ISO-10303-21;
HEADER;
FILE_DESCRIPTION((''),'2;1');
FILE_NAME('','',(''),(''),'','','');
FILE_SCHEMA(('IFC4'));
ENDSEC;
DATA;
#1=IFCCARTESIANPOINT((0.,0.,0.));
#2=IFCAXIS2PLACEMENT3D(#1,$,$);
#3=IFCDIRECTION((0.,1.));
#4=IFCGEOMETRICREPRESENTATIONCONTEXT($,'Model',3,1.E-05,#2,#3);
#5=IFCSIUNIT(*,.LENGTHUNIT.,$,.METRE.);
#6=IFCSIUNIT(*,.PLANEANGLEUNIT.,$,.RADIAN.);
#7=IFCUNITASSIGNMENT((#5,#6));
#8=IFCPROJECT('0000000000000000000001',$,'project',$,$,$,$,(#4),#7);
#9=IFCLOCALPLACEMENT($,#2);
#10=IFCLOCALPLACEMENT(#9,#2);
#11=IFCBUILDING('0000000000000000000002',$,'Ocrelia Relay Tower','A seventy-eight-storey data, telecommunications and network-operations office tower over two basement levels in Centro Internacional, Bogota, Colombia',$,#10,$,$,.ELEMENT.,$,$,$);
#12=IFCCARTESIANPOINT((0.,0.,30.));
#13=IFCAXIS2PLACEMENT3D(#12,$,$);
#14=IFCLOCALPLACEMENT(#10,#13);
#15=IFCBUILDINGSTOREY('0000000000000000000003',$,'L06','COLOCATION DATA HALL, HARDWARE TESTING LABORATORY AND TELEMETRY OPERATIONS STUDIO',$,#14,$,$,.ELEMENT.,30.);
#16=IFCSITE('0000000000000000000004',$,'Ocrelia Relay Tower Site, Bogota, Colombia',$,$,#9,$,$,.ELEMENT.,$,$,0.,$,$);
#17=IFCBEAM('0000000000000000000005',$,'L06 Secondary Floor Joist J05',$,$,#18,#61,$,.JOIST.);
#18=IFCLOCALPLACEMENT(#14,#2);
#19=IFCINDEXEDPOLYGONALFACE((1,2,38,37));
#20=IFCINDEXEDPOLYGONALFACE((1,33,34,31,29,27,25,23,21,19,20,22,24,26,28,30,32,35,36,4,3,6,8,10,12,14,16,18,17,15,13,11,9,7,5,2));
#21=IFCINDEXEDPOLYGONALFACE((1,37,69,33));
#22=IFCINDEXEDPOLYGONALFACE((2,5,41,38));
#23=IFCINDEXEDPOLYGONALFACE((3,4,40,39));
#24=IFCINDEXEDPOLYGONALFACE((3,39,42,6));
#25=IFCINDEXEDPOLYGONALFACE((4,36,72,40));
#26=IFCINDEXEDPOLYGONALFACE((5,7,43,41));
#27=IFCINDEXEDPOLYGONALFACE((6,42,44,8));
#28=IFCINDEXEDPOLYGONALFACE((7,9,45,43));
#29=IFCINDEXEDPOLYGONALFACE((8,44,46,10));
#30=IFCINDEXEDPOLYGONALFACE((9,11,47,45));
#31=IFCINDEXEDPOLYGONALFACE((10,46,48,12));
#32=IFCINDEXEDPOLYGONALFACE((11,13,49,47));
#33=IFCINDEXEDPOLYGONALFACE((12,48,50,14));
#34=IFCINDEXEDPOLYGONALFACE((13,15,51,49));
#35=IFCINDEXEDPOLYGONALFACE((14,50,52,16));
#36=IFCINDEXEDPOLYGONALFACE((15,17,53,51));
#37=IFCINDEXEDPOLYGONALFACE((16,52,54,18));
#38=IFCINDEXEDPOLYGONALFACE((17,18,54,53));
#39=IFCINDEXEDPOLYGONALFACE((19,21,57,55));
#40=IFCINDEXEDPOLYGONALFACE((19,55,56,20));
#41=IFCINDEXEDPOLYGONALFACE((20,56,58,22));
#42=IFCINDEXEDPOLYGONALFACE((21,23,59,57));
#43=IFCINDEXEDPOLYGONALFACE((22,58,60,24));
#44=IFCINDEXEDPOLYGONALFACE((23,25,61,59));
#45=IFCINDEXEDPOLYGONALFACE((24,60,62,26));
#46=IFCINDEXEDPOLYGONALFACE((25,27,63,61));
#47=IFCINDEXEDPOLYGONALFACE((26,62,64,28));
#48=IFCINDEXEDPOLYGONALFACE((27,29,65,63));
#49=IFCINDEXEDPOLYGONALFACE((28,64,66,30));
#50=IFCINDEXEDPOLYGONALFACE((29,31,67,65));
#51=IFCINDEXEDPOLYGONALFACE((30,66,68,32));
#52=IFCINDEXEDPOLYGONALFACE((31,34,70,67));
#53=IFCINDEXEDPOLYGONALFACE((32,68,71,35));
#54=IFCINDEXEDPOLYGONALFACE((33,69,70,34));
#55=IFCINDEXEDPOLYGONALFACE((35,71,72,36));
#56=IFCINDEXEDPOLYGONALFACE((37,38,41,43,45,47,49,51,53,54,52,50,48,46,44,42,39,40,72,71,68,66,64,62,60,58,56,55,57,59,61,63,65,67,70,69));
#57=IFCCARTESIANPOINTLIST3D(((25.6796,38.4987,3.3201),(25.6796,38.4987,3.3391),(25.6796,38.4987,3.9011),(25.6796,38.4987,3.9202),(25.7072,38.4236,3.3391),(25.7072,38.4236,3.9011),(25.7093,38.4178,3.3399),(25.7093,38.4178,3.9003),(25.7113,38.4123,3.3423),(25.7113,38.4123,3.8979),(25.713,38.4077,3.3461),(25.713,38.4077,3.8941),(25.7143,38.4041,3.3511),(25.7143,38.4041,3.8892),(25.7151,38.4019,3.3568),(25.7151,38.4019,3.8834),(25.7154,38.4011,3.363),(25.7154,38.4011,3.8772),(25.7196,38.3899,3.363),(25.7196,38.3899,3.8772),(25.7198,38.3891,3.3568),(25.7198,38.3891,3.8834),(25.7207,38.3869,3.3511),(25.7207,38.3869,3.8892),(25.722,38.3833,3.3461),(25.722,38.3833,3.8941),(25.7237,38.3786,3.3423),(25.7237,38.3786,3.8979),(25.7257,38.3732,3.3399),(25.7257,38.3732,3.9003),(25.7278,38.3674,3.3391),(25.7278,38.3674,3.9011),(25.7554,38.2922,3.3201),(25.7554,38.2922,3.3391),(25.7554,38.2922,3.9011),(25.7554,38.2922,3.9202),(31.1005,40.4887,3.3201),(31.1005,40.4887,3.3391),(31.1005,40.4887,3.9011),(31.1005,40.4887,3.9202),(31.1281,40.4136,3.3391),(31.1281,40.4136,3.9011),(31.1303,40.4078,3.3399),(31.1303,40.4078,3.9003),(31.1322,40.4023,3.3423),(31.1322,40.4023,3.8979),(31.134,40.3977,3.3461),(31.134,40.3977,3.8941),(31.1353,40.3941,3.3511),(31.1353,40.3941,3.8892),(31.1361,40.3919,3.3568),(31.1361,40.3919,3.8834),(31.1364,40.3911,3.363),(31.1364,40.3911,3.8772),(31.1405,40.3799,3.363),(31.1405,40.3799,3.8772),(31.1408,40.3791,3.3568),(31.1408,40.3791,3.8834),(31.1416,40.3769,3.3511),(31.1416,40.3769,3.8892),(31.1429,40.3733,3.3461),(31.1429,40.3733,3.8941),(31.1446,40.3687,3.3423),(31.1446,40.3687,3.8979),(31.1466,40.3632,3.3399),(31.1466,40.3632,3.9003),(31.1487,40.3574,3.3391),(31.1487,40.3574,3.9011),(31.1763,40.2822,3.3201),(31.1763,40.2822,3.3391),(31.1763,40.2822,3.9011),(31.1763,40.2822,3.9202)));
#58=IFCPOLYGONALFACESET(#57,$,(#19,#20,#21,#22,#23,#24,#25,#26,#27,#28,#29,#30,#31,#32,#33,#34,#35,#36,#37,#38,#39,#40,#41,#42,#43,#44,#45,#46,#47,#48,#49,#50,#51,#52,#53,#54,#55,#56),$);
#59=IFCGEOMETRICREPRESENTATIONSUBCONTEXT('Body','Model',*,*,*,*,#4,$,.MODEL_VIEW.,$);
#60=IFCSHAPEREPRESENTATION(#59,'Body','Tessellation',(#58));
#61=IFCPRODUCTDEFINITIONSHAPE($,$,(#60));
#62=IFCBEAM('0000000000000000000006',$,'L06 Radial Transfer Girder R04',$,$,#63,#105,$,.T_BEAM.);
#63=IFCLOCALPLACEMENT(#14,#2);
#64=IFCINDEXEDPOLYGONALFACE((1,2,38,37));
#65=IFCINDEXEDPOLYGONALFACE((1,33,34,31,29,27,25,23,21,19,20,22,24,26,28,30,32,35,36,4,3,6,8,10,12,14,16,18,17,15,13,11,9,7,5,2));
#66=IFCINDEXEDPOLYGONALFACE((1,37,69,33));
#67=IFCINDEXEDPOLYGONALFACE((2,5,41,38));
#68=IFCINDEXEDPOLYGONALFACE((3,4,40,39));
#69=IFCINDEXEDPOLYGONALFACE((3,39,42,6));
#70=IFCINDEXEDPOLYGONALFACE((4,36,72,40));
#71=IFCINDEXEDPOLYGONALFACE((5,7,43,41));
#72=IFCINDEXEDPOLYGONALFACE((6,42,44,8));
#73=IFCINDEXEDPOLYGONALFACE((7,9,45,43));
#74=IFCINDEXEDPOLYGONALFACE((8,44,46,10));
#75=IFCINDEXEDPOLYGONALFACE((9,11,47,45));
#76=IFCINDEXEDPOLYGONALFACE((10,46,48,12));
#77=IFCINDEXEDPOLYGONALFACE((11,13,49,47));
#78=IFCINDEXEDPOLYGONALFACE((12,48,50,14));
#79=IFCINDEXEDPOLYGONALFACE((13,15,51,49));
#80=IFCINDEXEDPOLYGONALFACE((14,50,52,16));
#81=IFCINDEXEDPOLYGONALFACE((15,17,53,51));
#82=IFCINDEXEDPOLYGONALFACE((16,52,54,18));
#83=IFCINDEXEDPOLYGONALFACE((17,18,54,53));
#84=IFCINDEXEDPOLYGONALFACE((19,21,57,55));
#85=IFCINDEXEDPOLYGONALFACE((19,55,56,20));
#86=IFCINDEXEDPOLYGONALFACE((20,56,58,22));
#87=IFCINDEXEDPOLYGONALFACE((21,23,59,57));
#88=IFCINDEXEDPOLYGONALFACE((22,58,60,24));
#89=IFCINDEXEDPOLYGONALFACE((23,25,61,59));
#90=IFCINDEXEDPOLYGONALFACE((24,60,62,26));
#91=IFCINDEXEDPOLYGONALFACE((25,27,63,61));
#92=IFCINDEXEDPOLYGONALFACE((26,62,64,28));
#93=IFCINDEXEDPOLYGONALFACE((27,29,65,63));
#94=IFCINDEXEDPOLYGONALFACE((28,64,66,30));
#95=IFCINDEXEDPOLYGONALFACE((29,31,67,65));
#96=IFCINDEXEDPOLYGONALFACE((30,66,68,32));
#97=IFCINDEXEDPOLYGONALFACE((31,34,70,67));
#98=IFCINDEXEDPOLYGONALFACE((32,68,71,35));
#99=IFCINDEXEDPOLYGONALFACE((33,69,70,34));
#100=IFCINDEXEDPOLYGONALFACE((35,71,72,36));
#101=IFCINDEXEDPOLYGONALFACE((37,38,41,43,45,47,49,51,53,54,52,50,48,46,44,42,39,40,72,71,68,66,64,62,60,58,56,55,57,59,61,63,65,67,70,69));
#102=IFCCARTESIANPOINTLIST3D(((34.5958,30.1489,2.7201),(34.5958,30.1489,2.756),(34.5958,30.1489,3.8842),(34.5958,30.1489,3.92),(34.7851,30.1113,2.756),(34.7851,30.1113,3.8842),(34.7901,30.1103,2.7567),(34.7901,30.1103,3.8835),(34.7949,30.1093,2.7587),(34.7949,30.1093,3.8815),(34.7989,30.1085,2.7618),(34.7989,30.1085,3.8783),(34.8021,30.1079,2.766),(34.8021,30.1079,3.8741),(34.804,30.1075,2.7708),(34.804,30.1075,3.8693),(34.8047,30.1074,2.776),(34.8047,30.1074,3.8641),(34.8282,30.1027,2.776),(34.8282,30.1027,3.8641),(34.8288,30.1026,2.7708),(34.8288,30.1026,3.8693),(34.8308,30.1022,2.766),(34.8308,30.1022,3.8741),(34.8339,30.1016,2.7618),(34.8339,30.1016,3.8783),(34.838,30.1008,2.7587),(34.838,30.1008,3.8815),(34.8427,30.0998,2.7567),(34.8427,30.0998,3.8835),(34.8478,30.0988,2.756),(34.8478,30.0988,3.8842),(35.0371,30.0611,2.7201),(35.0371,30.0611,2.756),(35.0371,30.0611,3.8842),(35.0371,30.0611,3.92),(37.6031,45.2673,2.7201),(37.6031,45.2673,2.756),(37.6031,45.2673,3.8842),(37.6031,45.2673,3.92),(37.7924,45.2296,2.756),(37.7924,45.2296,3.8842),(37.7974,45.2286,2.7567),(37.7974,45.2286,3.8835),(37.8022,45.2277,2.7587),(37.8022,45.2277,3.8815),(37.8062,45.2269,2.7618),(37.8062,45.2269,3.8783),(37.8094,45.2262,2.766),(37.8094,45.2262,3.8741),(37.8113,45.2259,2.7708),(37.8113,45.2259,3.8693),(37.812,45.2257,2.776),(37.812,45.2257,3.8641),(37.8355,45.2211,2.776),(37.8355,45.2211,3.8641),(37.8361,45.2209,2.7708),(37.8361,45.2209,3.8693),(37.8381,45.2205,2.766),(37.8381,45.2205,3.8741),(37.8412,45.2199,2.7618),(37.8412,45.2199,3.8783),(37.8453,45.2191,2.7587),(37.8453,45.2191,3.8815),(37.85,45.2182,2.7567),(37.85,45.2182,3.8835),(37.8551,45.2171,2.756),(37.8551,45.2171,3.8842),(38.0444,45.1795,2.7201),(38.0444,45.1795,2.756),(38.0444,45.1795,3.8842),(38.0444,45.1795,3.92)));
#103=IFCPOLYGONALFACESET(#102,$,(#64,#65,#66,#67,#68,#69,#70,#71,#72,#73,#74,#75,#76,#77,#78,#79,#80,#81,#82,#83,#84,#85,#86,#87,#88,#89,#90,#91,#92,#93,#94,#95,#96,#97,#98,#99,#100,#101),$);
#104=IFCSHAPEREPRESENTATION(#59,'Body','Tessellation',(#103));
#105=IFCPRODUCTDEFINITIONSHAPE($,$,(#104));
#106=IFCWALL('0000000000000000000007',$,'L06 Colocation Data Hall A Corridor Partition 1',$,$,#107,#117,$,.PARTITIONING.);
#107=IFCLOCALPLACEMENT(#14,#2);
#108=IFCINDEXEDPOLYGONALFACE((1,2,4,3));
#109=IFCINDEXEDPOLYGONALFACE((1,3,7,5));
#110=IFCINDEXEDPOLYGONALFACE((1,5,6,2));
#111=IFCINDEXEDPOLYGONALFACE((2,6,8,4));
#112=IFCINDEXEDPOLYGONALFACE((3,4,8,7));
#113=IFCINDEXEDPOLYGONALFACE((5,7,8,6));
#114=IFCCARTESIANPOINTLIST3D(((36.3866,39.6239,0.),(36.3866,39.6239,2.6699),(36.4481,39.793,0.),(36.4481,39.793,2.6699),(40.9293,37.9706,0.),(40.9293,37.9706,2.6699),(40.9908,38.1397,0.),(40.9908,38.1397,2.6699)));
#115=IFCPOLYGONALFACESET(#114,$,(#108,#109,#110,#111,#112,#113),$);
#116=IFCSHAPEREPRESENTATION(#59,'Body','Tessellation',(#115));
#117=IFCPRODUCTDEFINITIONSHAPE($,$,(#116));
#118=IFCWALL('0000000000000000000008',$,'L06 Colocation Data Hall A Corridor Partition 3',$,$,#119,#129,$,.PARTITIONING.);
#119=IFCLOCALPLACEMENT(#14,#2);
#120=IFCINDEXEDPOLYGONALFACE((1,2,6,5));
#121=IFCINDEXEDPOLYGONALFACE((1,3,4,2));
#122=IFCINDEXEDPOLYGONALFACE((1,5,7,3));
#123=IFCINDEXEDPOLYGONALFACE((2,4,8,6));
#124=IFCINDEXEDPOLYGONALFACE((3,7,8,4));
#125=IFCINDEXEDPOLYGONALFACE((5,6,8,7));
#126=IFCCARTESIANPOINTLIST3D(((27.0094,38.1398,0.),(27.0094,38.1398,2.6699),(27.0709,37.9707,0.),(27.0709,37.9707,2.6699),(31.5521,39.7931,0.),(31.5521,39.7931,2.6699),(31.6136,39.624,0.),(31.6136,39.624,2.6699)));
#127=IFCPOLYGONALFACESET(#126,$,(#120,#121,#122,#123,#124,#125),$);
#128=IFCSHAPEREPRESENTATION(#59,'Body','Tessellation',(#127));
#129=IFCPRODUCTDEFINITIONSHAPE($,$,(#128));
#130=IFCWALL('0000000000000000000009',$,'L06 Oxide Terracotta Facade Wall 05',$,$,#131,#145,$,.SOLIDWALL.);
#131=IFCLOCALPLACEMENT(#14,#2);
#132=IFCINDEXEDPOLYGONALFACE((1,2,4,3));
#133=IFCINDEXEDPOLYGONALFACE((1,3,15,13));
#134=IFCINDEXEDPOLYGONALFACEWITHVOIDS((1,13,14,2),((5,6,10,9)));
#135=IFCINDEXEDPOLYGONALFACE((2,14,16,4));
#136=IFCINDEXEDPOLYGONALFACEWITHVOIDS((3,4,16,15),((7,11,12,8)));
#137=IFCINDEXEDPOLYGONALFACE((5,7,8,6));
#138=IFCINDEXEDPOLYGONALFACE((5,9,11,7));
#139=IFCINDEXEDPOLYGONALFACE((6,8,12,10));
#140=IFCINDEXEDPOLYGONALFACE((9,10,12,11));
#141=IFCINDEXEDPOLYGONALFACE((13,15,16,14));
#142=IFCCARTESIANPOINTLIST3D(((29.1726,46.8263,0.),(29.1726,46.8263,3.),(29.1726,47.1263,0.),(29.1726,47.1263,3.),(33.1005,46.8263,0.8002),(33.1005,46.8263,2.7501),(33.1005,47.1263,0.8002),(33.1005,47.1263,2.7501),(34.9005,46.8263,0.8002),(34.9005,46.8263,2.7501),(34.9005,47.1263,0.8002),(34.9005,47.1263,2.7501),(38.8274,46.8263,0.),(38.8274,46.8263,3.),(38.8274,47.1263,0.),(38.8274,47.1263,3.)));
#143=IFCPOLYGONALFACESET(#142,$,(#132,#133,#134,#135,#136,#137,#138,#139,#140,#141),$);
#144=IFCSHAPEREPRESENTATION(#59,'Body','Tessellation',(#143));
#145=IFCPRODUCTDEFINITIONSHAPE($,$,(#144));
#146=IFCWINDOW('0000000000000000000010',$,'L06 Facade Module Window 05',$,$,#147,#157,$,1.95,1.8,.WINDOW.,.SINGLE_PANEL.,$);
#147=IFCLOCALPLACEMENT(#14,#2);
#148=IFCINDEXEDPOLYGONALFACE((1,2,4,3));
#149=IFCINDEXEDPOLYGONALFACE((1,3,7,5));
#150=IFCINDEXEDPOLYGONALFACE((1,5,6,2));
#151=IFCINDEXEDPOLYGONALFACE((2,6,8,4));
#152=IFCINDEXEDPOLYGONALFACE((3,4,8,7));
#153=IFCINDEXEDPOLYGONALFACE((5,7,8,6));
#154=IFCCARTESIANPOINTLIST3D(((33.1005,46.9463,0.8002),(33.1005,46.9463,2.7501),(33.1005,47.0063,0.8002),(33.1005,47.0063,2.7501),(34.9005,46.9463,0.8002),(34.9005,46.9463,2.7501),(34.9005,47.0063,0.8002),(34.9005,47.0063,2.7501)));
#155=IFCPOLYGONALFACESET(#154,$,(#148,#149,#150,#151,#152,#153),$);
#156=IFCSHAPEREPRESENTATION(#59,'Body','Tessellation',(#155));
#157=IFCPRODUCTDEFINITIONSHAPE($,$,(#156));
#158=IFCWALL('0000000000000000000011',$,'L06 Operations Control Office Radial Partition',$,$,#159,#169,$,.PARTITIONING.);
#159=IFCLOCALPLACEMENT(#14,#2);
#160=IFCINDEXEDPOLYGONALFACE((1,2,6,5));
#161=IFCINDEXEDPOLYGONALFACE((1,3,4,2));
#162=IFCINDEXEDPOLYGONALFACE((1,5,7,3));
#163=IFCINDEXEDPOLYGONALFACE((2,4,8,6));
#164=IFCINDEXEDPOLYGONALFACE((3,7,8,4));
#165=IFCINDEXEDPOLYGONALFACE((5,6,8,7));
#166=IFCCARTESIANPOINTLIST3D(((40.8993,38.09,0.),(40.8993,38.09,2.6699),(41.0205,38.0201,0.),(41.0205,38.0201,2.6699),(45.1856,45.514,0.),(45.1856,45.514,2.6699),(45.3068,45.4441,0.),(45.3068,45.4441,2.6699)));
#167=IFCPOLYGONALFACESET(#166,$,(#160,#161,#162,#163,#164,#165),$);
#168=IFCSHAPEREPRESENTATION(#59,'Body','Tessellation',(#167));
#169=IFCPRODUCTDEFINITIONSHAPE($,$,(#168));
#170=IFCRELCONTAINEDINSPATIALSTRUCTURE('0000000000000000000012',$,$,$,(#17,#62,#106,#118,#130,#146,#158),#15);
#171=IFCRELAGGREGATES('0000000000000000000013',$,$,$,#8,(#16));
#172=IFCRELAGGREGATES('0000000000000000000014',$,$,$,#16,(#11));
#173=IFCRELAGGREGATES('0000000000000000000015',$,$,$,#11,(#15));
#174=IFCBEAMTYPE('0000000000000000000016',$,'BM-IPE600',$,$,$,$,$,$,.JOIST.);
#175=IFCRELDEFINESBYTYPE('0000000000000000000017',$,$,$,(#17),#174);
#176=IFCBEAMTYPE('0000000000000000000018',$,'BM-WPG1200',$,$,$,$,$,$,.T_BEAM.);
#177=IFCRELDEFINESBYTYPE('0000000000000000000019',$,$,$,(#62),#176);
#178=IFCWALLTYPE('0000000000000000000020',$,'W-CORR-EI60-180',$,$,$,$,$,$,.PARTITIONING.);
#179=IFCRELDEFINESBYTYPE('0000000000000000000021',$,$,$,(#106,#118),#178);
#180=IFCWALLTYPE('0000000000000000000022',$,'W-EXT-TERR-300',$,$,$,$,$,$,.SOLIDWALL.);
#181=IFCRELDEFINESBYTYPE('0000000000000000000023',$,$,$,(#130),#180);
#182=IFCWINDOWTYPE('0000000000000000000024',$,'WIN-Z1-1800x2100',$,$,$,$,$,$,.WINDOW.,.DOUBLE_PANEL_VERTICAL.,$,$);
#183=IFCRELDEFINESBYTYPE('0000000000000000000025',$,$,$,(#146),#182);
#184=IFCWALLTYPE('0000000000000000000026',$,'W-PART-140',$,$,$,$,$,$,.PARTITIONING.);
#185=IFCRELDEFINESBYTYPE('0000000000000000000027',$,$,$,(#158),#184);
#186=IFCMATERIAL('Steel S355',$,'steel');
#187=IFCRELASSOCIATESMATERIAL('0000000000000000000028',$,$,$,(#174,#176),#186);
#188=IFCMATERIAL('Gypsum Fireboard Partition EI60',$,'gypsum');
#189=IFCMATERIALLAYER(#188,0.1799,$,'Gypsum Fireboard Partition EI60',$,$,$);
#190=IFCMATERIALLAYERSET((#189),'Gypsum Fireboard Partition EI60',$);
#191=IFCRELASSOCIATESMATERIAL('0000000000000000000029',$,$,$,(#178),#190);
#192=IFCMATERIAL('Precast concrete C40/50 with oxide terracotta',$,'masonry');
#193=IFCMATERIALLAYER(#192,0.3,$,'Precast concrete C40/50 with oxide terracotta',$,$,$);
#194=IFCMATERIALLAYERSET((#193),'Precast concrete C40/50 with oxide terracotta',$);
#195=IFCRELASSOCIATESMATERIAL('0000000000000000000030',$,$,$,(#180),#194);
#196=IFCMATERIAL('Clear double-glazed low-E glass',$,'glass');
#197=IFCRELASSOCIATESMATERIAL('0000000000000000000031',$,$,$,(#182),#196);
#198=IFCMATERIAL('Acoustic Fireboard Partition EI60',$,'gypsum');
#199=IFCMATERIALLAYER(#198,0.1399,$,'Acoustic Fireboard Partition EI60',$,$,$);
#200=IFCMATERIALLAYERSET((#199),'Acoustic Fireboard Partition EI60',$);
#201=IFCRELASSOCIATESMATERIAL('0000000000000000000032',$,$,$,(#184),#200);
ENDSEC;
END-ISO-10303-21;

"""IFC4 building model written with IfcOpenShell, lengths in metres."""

from ifc_helpers import new_model, si_unit, direction, frame, frame_2d, origin, origin_2d, place, context, subcontext, project, spatial, rectangle, i_section, extrude, material, layer, layer_set, material_profile, profile_set, type_object, element, fill, save


model = new_model("IFC4")

# Units and contexts
model_context = context("Model", 3, precision=1e-05, world=origin(), true_north=direction((0.0, 1.0)))
body_context = subcontext(model_context, "Body", "Model", "MODEL_VIEW")
ifc_project = project(units=[si_unit("LENGTHUNIT", "METRE"), si_unit("PLANEANGLEUNIT", "RADIAN")], contexts=[model_context])

# Site, building, storey
site_placement = place(None, origin())
site = spatial("IfcSite", under=ifc_project, at=site_placement, Name="Ocrelia Relay Tower Site, Bogota, Colombia", CompositionType="ELEMENT", RefElevation=0.0)
building_placement = place(site_placement, origin())
building = spatial("IfcBuilding", under=site, at=building_placement, Name="Ocrelia Relay Tower", Description="A seventy-eight-storey data, telecommunications and network-operations office tower over two basement levels in Centro Internacional, Bogota, Colombia", CompositionType="ELEMENT")
storey_placement = place(building_placement, frame((0.0, 0.0, 30.0)))
storey = spatial("IfcBuildingStorey", under=building, at=storey_placement, Name="L06", Description="COLOCATION DATA HALL, HARDWARE TESTING LABORATORY AND TELEMETRY OPERATIONS STUDIO", CompositionType="ELEMENT", Elevation=30.0)

# Beams
ifc_material_1 = material(Name="Steel S355", Category="steel")
ifc_material_profile_1 = material_profile(ifc_material_1, i_section(OverallWidth=0.22, OverallDepth=0.6001, WebThickness=0.012, FlangeThickness=0.019, FilletRadius=0.0239, at=origin_2d()), Name="IPE 600")
ifc_profile_set_1 = profile_set([ifc_material_profile_1], Name="Steel S355")
beam_type_1 = type_object("IfcBeamType", Name="BM-IPE600", PredefinedType="JOIST", material=ifc_profile_set_1)
beam_1_placement = place(storey_placement, frame((31.1384, 40.3855, 3.6201), z_axis=(-0.938746, -0.34461, 0.0), x_axis=(0.34461, -0.938746, 0.0)))
element("IfcBeam", 1, at=beam_1_placement, inside=storey, type_object=beam_type_1, Name="L06 Secondary Floor Joist J05", PredefinedType="JOIST", context=body_context, shape_type="SweptSolid", body=[
    extrude(i_section(OverallWidth=0.22, OverallDepth=0.6001, WebThickness=0.012, FlangeThickness=0.019, FilletRadius=0.0239, at=origin_2d()), origin(), (0.0, 0.0, 1.0), 5.7747),
])
ifc_material_profile_2 = material_profile(ifc_material_1, i_section(OverallWidth=0.45, OverallDepth=1.2, WebThickness=0.0239, FlangeThickness=0.0359, FilletRadius=0.02, at=origin_2d()), Name="WPG 1200x450")
ifc_profile_set_2 = profile_set([ifc_material_profile_2], Name="Steel S355")
beam_type_2 = type_object("IfcBeamType", Name="BM-WPG1200", PredefinedType="T_BEAM", material=ifc_profile_set_2)
beam_2_placement = place(storey_placement, frame((37.8237, 45.2234, 3.3201), z_axis=(-0.195096, -0.980784, 0.0), x_axis=(0.980784, -0.195096, 0.0)))
element("IfcBeam", 2, at=beam_2_placement, inside=storey, type_object=beam_type_2, Name="L06 Radial Transfer Girder R04", PredefinedType="T_BEAM", context=body_context, shape_type="SweptSolid", body=[
    extrude(i_section(OverallWidth=0.45, OverallDepth=1.2, WebThickness=0.0239, FlangeThickness=0.0359, FilletRadius=0.02, at=origin_2d()), origin(), (0.0, 0.0, 1.0), 15.4146),
])

# Shared definitions
ifc_material_2 = material(Name="Gypsum Fireboard Partition EI60", Category="gypsum")
ifc_layer_1 = layer(ifc_material_2, 0.1799, Name="Gypsum Fireboard Partition EI60")
ifc_layer_set_1 = layer_set([ifc_layer_1], Name="Gypsum Fireboard Partition EI60")
wall_type_1 = type_object("IfcWallType", Name="W-CORR-EI60-180", PredefinedType="PARTITIONING", material=ifc_layer_set_1)

# Wall
wall_1_placement = place(storey_placement, frame((40.96, 38.0552, 0.0), z_axis=(0.0, 0.0, 1.0), x_axis=(-0.939699, 0.342003, 0.0)))
element("IfcWall", 3, at=wall_1_placement, inside=storey, type_object=wall_type_1, Name="L06 Colocation Data Hall A Corridor Partition 1", PredefinedType="PARTITIONING", context=body_context, shape_type="SweptSolid", body=[
    extrude(rectangle(XDim=4.8342, YDim=0.1799, at=frame_2d((2.417, 0.0))), origin(), (0.0, 0.0, 1.0), 2.6699),
])

# Wall
wall_2_placement = place(storey_placement, frame((31.5828, 39.7085, 0.0), z_axis=(0.0, 0.0, 1.0), x_axis=(-0.939699, -0.342003, 0.0)))
element("IfcWall", 4, at=wall_2_placement, inside=storey, type_object=wall_type_1, Name="L06 Colocation Data Hall A Corridor Partition 3", PredefinedType="PARTITIONING", context=body_context, shape_type="SweptSolid", body=[
    extrude(rectangle(XDim=4.8342, YDim=0.1799, at=frame_2d((2.417, 0.0))), origin(), (0.0, 0.0, 1.0), 2.6699),
])

# Wall, opening, window
ifc_material_3 = material(Name="Precast concrete C40/50 with oxide terracotta", Category="masonry")
ifc_layer_2 = layer(ifc_material_3, 0.3, Name="Precast concrete C40/50 with oxide terracotta")
ifc_layer_set_2 = layer_set([ifc_layer_2], Name="Precast concrete C40/50 with oxide terracotta")
wall_type_2 = type_object("IfcWallType", Name="W-EXT-TERR-300", PredefinedType="SOLIDWALL", material=ifc_layer_set_2)
wall_3_placement = place(storey_placement, frame((38.8274, 46.9763, 0.0), z_axis=(0.0, 0.0, 1.0), x_axis=(-1.0, 0.0, 0.0)))
wall_3 = element("IfcWall", 5, at=wall_3_placement, inside=storey, type_object=wall_type_2, Name="L06 Oxide Terracotta Facade Wall 05", PredefinedType="SOLIDWALL", context=body_context, shape_type="SweptSolid", body=[
    extrude(rectangle(XDim=9.6548, YDim=0.3, at=frame_2d((4.8274, 0.0))), origin(), (0.0, 0.0, 1.0), 3.0),
])
opening_1_placement = place(wall_3_placement, frame((3.927, 0.0, 0.8)))
opening_1 = element("IfcOpeningElement", 6, at=opening_1_placement, cuts=wall_3, PredefinedType="OPENING", context=body_context, shape_type="SweptSolid", body=[
    extrude(rectangle(XDim=1.8, YDim=1.95, at=frame_2d((0.8999, 0.9751))), frame((0.0, 0.1602, 0.0), z_axis=(0.0, -1.0, 0.0), x_axis=(1.0, 0.0, 0.0)), (0.0, 0.0, 1.0), 0.3201),
])
ifc_material_4 = material(Name="Clear double-glazed low-E glass", Category="glass")
window_type = type_object("IfcWindowType", Name="WIN-Z1-1800x2100", PartitioningType="DOUBLE_PANEL_VERTICAL", PredefinedType="WINDOW", material=ifc_material_4)
window_placement = place(opening_1_placement, origin())
window = element("IfcWindow", 7, at=window_placement, inside=storey, type_object=window_type, Name="L06 Facade Module Window 05", OverallHeight=1.95, OverallWidth=1.8, PartitioningType="SINGLE_PANEL", PredefinedType="WINDOW", context=body_context, shape_type="SweptSolid", body=[
    extrude(rectangle(XDim=1.8, YDim=1.95, at=frame_2d((0.8999, 0.9751))), frame((0.0, 0.03, 0.0), z_axis=(0.0, -1.0, 0.0), x_axis=(1.0, 0.0, 0.0)), (0.0, 0.0, 1.0), 0.0601),
])
fill(opening_1, window)

# Wall
ifc_material_5 = material(Name="Acoustic Fireboard Partition EI60", Category="gypsum")
ifc_layer_3 = layer(ifc_material_5, 0.1399, Name="Acoustic Fireboard Partition EI60")
ifc_layer_set_3 = layer_set([ifc_layer_3], Name="Acoustic Fireboard Partition EI60")
wall_type_3 = type_object("IfcWallType", Name="W-PART-140", PredefinedType="PARTITIONING", material=ifc_layer_set_3)
wall_4_placement = place(storey_placement, frame((40.96, 38.0552, 0.0), z_axis=(0.0, 0.0, 1.0), x_axis=(0.500008, 0.866021, 0.0)))
element("IfcWall", 8, at=wall_4_placement, inside=storey, type_object=wall_type_3, Name="L06 Operations Control Office Radial Partition", PredefinedType="PARTITIONING", context=body_context, shape_type="SweptSolid", body=[
    extrude(rectangle(XDim=8.5725, YDim=0.1399, at=frame_2d((4.2861, 0.0))), origin(), (0.0, 0.0, 1.0), 2.6699),
])

save(model, "model.ifc")
